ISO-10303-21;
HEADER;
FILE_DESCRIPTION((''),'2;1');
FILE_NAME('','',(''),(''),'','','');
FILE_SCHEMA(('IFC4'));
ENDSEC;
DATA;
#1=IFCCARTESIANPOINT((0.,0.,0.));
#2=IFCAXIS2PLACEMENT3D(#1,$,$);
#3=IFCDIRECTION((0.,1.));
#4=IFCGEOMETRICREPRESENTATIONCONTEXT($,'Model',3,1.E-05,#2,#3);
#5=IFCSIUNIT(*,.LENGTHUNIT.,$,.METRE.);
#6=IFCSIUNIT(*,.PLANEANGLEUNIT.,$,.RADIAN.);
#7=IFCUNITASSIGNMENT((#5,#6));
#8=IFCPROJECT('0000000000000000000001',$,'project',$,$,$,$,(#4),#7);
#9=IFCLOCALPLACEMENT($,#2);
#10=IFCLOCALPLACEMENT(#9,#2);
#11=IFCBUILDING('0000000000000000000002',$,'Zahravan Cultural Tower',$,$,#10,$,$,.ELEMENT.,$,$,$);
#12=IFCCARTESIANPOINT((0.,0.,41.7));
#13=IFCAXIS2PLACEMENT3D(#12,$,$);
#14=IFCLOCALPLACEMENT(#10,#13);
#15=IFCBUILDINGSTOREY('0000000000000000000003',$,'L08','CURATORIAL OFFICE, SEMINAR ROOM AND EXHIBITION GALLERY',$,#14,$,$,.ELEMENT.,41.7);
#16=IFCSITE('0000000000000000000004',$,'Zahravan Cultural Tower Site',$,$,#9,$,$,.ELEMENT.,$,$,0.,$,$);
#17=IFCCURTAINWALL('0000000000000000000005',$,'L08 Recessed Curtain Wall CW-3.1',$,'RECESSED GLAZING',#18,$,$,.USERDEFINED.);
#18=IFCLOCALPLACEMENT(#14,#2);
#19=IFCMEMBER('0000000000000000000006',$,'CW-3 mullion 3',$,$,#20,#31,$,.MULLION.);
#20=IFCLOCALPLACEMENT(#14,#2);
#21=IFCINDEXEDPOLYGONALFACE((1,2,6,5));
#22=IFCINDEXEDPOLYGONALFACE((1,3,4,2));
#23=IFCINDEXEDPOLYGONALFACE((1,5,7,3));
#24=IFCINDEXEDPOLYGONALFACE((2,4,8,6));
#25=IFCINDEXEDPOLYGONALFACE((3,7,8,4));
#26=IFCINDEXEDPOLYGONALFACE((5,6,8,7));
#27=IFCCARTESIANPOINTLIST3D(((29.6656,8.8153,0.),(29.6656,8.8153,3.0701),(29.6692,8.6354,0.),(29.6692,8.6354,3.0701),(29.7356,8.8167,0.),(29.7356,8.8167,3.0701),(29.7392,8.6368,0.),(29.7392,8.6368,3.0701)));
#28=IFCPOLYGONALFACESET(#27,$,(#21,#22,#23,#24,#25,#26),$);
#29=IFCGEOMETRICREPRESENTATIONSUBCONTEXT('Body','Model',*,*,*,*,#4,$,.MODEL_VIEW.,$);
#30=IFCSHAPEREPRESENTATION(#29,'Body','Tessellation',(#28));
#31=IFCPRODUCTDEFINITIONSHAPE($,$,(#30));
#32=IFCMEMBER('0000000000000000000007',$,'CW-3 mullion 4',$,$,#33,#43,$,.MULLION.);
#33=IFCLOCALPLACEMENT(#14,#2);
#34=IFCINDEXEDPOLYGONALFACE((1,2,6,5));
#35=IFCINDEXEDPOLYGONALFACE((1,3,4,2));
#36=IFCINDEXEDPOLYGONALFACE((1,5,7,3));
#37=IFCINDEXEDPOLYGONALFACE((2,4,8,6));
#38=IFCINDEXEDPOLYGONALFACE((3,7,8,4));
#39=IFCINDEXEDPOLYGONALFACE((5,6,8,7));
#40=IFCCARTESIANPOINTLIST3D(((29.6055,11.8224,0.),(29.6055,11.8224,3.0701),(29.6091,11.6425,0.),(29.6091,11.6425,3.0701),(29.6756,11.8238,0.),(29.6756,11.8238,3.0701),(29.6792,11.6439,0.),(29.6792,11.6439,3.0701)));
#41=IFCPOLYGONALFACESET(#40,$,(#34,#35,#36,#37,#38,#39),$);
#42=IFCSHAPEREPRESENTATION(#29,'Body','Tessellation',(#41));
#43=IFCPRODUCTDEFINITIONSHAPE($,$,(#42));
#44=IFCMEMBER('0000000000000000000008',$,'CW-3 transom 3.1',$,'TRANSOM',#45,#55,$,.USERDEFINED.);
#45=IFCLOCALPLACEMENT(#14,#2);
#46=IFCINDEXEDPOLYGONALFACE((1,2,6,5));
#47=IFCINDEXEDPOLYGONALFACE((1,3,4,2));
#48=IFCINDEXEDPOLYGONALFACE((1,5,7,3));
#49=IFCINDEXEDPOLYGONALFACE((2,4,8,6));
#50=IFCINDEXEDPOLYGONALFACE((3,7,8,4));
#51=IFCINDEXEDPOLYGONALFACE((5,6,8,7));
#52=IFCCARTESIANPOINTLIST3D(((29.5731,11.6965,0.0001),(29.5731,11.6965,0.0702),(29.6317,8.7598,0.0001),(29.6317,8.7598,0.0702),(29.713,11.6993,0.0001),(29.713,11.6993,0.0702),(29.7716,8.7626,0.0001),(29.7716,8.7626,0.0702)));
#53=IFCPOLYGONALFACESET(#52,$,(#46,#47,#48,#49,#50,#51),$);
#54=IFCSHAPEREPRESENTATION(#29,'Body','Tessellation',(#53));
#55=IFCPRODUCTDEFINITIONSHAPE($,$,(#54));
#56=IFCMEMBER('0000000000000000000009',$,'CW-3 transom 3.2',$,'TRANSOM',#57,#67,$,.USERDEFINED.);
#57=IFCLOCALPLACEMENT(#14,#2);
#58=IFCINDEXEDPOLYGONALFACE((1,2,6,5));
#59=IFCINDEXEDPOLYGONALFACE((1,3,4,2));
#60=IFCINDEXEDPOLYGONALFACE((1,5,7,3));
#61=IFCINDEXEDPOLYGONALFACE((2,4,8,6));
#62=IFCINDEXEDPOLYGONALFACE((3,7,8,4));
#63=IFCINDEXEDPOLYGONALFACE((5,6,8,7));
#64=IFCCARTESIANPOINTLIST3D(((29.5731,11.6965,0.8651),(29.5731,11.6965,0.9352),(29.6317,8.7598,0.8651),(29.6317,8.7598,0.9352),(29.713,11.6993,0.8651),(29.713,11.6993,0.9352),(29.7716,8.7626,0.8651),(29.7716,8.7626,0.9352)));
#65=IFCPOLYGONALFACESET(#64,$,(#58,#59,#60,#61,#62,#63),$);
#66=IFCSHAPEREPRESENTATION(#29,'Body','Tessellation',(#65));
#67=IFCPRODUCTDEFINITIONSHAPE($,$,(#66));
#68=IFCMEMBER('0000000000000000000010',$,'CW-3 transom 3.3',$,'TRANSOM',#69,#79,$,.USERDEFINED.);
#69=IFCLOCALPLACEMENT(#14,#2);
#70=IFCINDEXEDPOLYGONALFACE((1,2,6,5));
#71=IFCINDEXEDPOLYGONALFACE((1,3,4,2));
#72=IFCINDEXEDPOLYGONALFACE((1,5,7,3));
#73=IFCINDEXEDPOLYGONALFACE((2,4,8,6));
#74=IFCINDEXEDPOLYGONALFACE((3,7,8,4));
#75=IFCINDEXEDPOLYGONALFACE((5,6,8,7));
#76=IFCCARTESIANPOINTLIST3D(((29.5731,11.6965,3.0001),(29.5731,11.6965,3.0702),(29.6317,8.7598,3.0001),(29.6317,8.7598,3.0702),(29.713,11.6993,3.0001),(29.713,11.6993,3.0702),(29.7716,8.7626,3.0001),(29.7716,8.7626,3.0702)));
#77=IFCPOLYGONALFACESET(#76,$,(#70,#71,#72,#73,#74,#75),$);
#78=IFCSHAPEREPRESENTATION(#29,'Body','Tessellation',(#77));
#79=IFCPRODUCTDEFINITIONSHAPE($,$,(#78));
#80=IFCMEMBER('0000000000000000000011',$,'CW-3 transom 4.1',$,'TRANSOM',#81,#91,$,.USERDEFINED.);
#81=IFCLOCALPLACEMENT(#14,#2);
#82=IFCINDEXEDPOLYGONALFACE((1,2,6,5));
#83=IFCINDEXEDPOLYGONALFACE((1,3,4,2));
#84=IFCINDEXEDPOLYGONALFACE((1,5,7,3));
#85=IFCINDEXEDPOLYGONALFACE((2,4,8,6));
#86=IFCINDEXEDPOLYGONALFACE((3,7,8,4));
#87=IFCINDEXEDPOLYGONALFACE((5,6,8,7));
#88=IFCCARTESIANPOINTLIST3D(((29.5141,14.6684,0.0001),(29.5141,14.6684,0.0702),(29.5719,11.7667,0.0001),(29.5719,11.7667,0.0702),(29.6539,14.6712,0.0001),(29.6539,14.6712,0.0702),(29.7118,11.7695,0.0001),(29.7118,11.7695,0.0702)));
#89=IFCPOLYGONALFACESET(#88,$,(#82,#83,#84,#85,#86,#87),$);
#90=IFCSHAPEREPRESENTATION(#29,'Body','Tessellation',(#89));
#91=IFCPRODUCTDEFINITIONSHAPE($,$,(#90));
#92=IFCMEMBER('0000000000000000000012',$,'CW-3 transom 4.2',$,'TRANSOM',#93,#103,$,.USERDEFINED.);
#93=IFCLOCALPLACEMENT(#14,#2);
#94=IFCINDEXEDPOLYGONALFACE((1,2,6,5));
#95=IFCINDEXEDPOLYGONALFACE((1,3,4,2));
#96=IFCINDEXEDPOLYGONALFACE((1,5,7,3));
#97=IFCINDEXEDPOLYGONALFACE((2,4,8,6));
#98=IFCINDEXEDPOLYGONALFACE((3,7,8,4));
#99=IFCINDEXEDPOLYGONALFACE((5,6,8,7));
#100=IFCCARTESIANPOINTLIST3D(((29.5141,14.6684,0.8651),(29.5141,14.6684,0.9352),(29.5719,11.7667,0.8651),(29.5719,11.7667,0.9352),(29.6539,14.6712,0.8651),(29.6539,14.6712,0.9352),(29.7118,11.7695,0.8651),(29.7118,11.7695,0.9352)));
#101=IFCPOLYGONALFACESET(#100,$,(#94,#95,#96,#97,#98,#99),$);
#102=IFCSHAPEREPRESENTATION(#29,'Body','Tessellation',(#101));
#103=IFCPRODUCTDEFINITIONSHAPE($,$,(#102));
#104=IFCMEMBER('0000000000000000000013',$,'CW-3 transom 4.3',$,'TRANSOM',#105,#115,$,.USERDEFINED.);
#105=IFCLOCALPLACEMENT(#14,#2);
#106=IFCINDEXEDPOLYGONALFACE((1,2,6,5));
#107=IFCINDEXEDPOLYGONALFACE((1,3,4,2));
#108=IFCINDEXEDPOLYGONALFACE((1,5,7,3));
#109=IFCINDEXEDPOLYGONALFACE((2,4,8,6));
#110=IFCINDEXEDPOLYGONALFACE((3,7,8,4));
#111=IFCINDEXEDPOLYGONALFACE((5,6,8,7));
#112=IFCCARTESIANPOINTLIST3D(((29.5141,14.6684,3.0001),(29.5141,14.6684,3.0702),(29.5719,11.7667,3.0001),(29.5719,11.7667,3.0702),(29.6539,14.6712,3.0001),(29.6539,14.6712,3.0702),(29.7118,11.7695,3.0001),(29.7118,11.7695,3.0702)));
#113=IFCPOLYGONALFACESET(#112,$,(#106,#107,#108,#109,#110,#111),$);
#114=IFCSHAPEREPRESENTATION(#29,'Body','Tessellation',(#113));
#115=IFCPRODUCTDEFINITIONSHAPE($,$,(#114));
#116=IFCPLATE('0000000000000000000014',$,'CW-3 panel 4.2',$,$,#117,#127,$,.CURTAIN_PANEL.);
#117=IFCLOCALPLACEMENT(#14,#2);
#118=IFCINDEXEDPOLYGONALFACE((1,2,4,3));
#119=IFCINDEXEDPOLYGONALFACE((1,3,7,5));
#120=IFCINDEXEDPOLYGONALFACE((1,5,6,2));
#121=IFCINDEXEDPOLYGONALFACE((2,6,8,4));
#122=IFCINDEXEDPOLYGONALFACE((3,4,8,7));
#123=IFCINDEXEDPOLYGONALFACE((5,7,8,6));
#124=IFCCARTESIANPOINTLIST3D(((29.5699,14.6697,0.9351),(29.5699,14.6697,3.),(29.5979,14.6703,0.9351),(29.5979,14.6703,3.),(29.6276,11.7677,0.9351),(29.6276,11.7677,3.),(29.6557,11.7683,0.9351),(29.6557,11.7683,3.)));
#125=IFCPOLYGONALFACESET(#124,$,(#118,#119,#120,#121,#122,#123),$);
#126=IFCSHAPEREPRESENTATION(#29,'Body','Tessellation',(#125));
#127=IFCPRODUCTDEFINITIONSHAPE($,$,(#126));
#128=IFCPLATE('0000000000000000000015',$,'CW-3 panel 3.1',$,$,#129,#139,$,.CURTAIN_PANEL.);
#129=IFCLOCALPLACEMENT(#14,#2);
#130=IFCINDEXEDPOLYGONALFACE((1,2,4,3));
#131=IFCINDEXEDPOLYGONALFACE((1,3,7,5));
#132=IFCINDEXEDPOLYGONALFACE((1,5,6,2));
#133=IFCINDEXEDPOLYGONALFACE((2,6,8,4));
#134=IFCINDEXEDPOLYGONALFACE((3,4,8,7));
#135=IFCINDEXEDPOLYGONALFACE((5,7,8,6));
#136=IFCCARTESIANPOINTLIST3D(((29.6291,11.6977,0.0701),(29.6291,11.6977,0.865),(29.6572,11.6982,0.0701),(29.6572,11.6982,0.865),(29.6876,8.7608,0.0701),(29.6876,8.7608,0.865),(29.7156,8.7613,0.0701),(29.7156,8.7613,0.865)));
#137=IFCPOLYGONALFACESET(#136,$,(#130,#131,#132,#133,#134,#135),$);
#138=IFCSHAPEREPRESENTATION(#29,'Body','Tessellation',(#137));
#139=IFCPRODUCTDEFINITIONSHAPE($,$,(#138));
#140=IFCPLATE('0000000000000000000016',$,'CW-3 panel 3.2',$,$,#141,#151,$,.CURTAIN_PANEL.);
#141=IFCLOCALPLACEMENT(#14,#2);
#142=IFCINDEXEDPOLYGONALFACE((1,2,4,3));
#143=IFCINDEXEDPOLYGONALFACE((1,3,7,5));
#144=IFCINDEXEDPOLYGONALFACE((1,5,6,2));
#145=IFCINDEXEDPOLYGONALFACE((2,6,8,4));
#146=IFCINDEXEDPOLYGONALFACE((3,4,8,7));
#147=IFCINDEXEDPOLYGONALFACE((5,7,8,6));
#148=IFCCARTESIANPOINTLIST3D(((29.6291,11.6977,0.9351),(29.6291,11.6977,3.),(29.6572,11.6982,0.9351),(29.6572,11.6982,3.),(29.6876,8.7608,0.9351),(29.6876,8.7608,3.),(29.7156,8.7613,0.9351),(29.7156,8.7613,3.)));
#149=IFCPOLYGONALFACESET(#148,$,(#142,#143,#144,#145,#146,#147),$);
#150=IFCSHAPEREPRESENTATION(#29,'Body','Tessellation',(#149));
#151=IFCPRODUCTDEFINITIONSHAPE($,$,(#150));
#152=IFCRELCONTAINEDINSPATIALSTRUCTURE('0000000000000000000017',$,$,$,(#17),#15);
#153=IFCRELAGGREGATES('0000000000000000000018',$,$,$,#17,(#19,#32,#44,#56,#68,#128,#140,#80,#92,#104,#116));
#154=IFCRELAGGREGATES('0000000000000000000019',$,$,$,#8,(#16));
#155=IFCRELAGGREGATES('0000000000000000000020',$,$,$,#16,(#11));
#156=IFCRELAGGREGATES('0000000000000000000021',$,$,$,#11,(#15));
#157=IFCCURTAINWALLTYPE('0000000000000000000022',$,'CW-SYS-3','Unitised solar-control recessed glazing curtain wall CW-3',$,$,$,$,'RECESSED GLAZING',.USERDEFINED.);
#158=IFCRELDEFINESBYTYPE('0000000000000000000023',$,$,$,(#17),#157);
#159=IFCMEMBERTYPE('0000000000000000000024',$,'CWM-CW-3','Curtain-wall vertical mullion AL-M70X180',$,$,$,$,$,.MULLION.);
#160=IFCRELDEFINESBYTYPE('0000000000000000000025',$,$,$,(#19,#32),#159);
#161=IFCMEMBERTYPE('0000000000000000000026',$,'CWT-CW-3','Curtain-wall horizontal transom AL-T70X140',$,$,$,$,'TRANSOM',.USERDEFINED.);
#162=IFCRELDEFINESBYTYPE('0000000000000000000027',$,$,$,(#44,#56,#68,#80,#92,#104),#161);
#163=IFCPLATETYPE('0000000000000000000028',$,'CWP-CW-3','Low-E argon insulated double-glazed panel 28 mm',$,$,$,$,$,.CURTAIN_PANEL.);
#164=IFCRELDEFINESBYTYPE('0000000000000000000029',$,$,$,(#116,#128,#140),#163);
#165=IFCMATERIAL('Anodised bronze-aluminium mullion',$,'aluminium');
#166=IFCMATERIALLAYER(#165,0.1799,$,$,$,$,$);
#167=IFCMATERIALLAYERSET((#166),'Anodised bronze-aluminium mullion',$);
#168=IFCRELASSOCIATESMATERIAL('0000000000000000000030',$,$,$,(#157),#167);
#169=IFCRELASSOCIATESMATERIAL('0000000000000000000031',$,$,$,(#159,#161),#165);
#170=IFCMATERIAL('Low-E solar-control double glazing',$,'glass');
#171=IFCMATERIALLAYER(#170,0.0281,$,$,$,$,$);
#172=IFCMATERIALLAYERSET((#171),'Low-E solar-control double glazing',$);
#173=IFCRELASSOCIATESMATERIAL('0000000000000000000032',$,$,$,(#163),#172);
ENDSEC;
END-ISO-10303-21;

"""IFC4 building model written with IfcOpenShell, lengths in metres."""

from ifc_helpers import new_model, si_unit, direction, frame, origin, origin_2d, place, context, subcontext, project, spatial, rectangle, extrude, source, transform, mapped, material, layer, layer_set, material_profile, profile_set, type_object, element, aggregate, save


model = new_model("IFC4")

# Units and contexts
model_context = context("Model", 3, precision=1e-05, world=origin(), true_north=direction((0.0, 1.0)))
body_context = subcontext(model_context, "Body", "Model", "MODEL_VIEW")
ifc_project = project(units=[si_unit("LENGTHUNIT", "METRE"), si_unit("PLANEANGLEUNIT", "RADIAN")], contexts=[model_context])

# Site, building, storey
site_placement = place(None, origin())
site = spatial("IfcSite", under=ifc_project, at=site_placement, Name="Zahravan Cultural Tower Site", CompositionType="ELEMENT", RefElevation=0.0)
building_placement = place(site_placement, origin())
building = spatial("IfcBuilding", under=site, at=building_placement, Name="Zahravan Cultural Tower", CompositionType="ELEMENT")
storey_placement = place(building_placement, frame((0.0, 0.0, 41.7)))
storey = spatial("IfcBuildingStorey", under=building, at=storey_placement, Name="L08", Description="CURATORIAL OFFICE, SEMINAR ROOM AND EXHIBITION GALLERY", CompositionType="ELEMENT", Elevation=41.7)

# Curtain wall, members, plates
ifc_material_1 = material(Name="Anodised bronze-aluminium mullion", Category="aluminium")
ifc_layer_1 = layer(ifc_material_1, 0.1799)
ifc_layer_set_1 = layer_set([ifc_layer_1], Name="Anodised bronze-aluminium mullion")
curtain_wall_type = type_object("IfcCurtainWallType", Name="CW-SYS-3", Description="Unitised solar-control recessed glazing curtain wall CW-3", ElementType="RECESSED GLAZING", PredefinedType="USERDEFINED", material=ifc_layer_set_1)
curtain_wall_placement = place(storey_placement, origin())
curtain_wall = element("IfcCurtainWall", 1, at=curtain_wall_placement, inside=storey, type_object=curtain_wall_type, Name="L08 Recessed Curtain Wall CW-3.1", ObjectType="RECESSED GLAZING", PredefinedType="USERDEFINED")
ifc_material_profile_1 = material_profile(ifc_material_1, rectangle(XDim=0.0701, YDim=0.1799, at=origin_2d()), Name="AL-M70X180")
ifc_profile_set_1 = profile_set([ifc_material_profile_1], Name="Anodised bronze-aluminium mullion")
member_type_1 = type_object("IfcMemberType", Name="CWM-CW-3", Description="Curtain-wall vertical mullion AL-M70X180", PredefinedType="MULLION", material=ifc_profile_set_1)
shared_shape_1 = source(origin(), body_context, "Body", "SweptSolid", [
    extrude(rectangle(XDim=0.0701, YDim=0.1799, at=origin_2d()), origin(), (0.0, 0.0, 1.0), 3.0701),
])
member_1_placement = place(storey_placement, frame((29.7024, 8.7261, 0.0), z_axis=(0.0, 0.0, 1.0), x_axis=(-0.999802, -0.0199, 0.0)))
member_1 = element("IfcMember", 2, at=member_1_placement, type_object=member_type_1, Name="CW-3 mullion 3", PredefinedType="MULLION", context=body_context, shape_type="MappedRepresentation", body=[
    mapped(shared_shape_1, transform((0.0, 0.0, 0.0), x_axis=(1.0, 0.0, 0.0), y_axis=(0.0, 1.0, 0.0), z_axis=(0.0, 0.0, 1.0), scale=1.0)),
])
member_2_placement = place(storey_placement, frame((29.6423, 11.7332, 0.0), z_axis=(0.0, 0.0, 1.0), x_axis=(-0.999802, -0.0199, 0.0)))
member_2 = element("IfcMember", 3, at=member_2_placement, type_object=member_type_1, Name="CW-3 mullion 4", PredefinedType="MULLION", context=body_context, shape_type="MappedRepresentation", body=[
    mapped(shared_shape_1, transform((0.0, 0.0, 0.0), x_axis=(1.0, 0.0, 0.0), y_axis=(0.0, 1.0, 0.0), z_axis=(0.0, 0.0, 1.0), scale=1.0)),
])
ifc_material_profile_2 = material_profile(ifc_material_1, rectangle(XDim=0.1399, YDim=0.0701, at=origin_2d()), Name="AL-T70X140")
ifc_profile_set_2 = profile_set([ifc_material_profile_2], Name="Anodised bronze-aluminium mullion")
member_type_2 = type_object("IfcMemberType", Name="CWT-CW-3", Description="Curtain-wall horizontal transom AL-T70X140", ElementType="TRANSOM", PredefinedType="USERDEFINED", material=ifc_profile_set_2)
shared_shape_2 = source(origin(), body_context, "Body", "SweptSolid", [
    extrude(rectangle(XDim=0.1399, YDim=0.0701, at=origin_2d()), origin(), (0.0, 0.0, 1.0), 2.9373),
])
member_3_placement = place(storey_placement, frame((29.7017, 8.7612, 0.0352), z_axis=(-0.019948, 0.999801, 0.0), x_axis=(-0.999801, -0.019948, 0.0)))
member_3 = element("IfcMember", 4, at=member_3_placement, type_object=member_type_2, Name="CW-3 transom 3.1", ObjectType="TRANSOM", PredefinedType="USERDEFINED", context=body_context, shape_type="MappedRepresentation", body=[
    mapped(shared_shape_2, transform((0.0, 0.0, 0.0), x_axis=(1.0, 0.0, 0.0), y_axis=(0.0, 1.0, 0.0), z_axis=(0.0, 0.0, 1.0), scale=1.0)),
])
member_4_placement = place(storey_placement, frame((29.7017, 8.7612, 0.9001), z_axis=(-0.019948, 0.999801, 0.0), x_axis=(-0.999801, -0.019948, 0.0)))
member_4 = element("IfcMember", 5, at=member_4_placement, type_object=member_type_2, Name="CW-3 transom 3.2", ObjectType="TRANSOM", PredefinedType="USERDEFINED", context=body_context, shape_type="MappedRepresentation", body=[
    mapped(shared_shape_2, transform((0.0, 0.0, 0.0), x_axis=(1.0, 0.0, 0.0), y_axis=(0.0, 1.0, 0.0), z_axis=(0.0, 0.0, 1.0), scale=1.0)),
])
member_5_placement = place(storey_placement, frame((29.7017, 8.7612, 3.0352), z_axis=(-0.019948, 0.999801, 0.0), x_axis=(-0.999801, -0.019948, 0.0)))
member_5 = element("IfcMember", 6, at=member_5_placement, type_object=member_type_2, Name="CW-3 transom 3.3", ObjectType="TRANSOM", PredefinedType="USERDEFINED", context=body_context, shape_type="MappedRepresentation", body=[
    mapped(shared_shape_2, transform((0.0, 0.0, 0.0), x_axis=(1.0, 0.0, 0.0), y_axis=(0.0, 1.0, 0.0), z_axis=(0.0, 0.0, 1.0), scale=1.0)),
])
shared_shape_3 = source(origin(), body_context, "Body", "SweptSolid", [
    extrude(rectangle(XDim=0.1399, YDim=0.0701, at=origin_2d()), origin(), (0.0, 0.0, 1.0), 2.9023),
])
member_6_placement = place(storey_placement, frame((29.6418, 11.7681, 0.0352), z_axis=(-0.019935, 0.999801, 0.0), x_axis=(-0.999801, -0.019935, 0.0)))
member_6 = element("IfcMember", 7, at=member_6_placement, type_object=member_type_2, Name="CW-3 transom 4.1", ObjectType="TRANSOM", PredefinedType="USERDEFINED", context=body_context, shape_type="MappedRepresentation", body=[
    mapped(shared_shape_3, transform((0.0, 0.0, 0.0), x_axis=(1.0, 0.0, 0.0), y_axis=(0.0, 1.0, 0.0), z_axis=(0.0, 0.0, 1.0), scale=1.0)),
])
member_7_placement = place(storey_placement, frame((29.6418, 11.7681, 0.9001), z_axis=(-0.019935, 0.999801, 0.0), x_axis=(-0.999801, -0.019935, 0.0)))
member_7 = element("IfcMember", 8, at=member_7_placement, type_object=member_type_2, Name="CW-3 transom 4.2", ObjectType="TRANSOM", PredefinedType="USERDEFINED", context=body_context, shape_type="MappedRepresentation", body=[
    mapped(shared_shape_3, transform((0.0, 0.0, 0.0), x_axis=(1.0, 0.0, 0.0), y_axis=(0.0, 1.0, 0.0), z_axis=(0.0, 0.0, 1.0), scale=1.0)),
])
member_8_placement = place(storey_placement, frame((29.6418, 11.7681, 3.0352), z_axis=(-0.019935, 0.999801, 0.0), x_axis=(-0.999801, -0.019935, 0.0)))
member_8 = element("IfcMember", 9, at=member_8_placement, type_object=member_type_2, Name="CW-3 transom 4.3", ObjectType="TRANSOM", PredefinedType="USERDEFINED", context=body_context, shape_type="MappedRepresentation", body=[
    mapped(shared_shape_3, transform((0.0, 0.0, 0.0), x_axis=(1.0, 0.0, 0.0), y_axis=(0.0, 1.0, 0.0), z_axis=(0.0, 0.0, 1.0), scale=1.0)),
])
ifc_material_2 = material(Name="Low-E solar-control double glazing", Category="glass")
ifc_layer_2 = layer(ifc_material_2, 0.0281)
ifc_layer_set_2 = layer_set([ifc_layer_2], Name="Low-E solar-control double glazing")
plate_type = type_object("IfcPlateType", Name="CWP-CW-3", Description="Low-E argon insulated double-glazed panel 28 mm", PredefinedType="CURTAIN_PANEL", material=ifc_layer_set_2)
shared_shape_4 = source(origin(), body_context, "Body", "SweptSolid", [
    extrude(rectangle(XDim=2.9026, YDim=0.0281, at=origin_2d()), origin(), (0.0, 0.0, 1.0), 2.0649),
])
plate_1_placement = place(storey_placement, frame((29.6128, 13.219, 0.9351), z_axis=(0.0, 0.0, 1.0), x_axis=(-0.0199, 0.999802, 0.0)))
plate_1 = element("IfcPlate", 10, at=plate_1_placement, type_object=plate_type, Name="CW-3 panel 4.2", PredefinedType="CURTAIN_PANEL", context=body_context, shape_type="MappedRepresentation", body=[
    mapped(shared_shape_4, transform((0.0, 0.0, 0.0), x_axis=(1.0, 0.0, 0.0), y_axis=(0.0, 1.0, 0.0), z_axis=(0.0, 0.0, 1.0), scale=1.0)),
])
shared_shape_5 = source(origin(), body_context, "Body", "SweptSolid", [
    extrude(rectangle(XDim=2.9375, YDim=0.0281, at=origin_2d()), origin(), (0.0, 0.0, 1.0), 0.7949),
])
plate_2_placement = place(storey_placement, frame((29.6724, 10.2295, 0.0701), z_axis=(0.0, 0.0, 1.0), x_axis=(-0.0199, 0.999802, 0.0)))
plate_2 = element("IfcPlate", 11, at=plate_2_placement, type_object=plate_type, Name="CW-3 panel 3.1", PredefinedType="CURTAIN_PANEL", context=body_context, shape_type="MappedRepresentation", body=[
    mapped(shared_shape_5, transform((0.0, 0.0, 0.0), x_axis=(1.0, 0.0, 0.0), y_axis=(0.0, 1.0, 0.0), z_axis=(0.0, 0.0, 1.0), scale=1.0)),
])
shared_shape_6 = source(origin(), body_context, "Body", "SweptSolid", [
    extrude(rectangle(XDim=2.9375, YDim=0.0281, at=origin_2d()), origin(), (0.0, 0.0, 1.0), 2.0649),
])
plate_3_placement = place(storey_placement, frame((29.6724, 10.2295, 0.9351), z_axis=(0.0, 0.0, 1.0), x_axis=(-0.0199, 0.999802, 0.0)))
plate_3 = element("IfcPlate", 12, at=plate_3_placement, type_object=plate_type, Name="CW-3 panel 3.2", PredefinedType="CURTAIN_PANEL", context=body_context, shape_type="MappedRepresentation", body=[
    mapped(shared_shape_6, transform((0.0, 0.0, 0.0), x_axis=(1.0, 0.0, 0.0), y_axis=(0.0, 1.0, 0.0), z_axis=(0.0, 0.0, 1.0), scale=1.0)),
])
aggregate(curtain_wall, [member_1, member_2, member_3, member_4, member_5, plate_2, plate_3, member_6, member_7, member_8, plate_1])

save(model, "model.ifc")
